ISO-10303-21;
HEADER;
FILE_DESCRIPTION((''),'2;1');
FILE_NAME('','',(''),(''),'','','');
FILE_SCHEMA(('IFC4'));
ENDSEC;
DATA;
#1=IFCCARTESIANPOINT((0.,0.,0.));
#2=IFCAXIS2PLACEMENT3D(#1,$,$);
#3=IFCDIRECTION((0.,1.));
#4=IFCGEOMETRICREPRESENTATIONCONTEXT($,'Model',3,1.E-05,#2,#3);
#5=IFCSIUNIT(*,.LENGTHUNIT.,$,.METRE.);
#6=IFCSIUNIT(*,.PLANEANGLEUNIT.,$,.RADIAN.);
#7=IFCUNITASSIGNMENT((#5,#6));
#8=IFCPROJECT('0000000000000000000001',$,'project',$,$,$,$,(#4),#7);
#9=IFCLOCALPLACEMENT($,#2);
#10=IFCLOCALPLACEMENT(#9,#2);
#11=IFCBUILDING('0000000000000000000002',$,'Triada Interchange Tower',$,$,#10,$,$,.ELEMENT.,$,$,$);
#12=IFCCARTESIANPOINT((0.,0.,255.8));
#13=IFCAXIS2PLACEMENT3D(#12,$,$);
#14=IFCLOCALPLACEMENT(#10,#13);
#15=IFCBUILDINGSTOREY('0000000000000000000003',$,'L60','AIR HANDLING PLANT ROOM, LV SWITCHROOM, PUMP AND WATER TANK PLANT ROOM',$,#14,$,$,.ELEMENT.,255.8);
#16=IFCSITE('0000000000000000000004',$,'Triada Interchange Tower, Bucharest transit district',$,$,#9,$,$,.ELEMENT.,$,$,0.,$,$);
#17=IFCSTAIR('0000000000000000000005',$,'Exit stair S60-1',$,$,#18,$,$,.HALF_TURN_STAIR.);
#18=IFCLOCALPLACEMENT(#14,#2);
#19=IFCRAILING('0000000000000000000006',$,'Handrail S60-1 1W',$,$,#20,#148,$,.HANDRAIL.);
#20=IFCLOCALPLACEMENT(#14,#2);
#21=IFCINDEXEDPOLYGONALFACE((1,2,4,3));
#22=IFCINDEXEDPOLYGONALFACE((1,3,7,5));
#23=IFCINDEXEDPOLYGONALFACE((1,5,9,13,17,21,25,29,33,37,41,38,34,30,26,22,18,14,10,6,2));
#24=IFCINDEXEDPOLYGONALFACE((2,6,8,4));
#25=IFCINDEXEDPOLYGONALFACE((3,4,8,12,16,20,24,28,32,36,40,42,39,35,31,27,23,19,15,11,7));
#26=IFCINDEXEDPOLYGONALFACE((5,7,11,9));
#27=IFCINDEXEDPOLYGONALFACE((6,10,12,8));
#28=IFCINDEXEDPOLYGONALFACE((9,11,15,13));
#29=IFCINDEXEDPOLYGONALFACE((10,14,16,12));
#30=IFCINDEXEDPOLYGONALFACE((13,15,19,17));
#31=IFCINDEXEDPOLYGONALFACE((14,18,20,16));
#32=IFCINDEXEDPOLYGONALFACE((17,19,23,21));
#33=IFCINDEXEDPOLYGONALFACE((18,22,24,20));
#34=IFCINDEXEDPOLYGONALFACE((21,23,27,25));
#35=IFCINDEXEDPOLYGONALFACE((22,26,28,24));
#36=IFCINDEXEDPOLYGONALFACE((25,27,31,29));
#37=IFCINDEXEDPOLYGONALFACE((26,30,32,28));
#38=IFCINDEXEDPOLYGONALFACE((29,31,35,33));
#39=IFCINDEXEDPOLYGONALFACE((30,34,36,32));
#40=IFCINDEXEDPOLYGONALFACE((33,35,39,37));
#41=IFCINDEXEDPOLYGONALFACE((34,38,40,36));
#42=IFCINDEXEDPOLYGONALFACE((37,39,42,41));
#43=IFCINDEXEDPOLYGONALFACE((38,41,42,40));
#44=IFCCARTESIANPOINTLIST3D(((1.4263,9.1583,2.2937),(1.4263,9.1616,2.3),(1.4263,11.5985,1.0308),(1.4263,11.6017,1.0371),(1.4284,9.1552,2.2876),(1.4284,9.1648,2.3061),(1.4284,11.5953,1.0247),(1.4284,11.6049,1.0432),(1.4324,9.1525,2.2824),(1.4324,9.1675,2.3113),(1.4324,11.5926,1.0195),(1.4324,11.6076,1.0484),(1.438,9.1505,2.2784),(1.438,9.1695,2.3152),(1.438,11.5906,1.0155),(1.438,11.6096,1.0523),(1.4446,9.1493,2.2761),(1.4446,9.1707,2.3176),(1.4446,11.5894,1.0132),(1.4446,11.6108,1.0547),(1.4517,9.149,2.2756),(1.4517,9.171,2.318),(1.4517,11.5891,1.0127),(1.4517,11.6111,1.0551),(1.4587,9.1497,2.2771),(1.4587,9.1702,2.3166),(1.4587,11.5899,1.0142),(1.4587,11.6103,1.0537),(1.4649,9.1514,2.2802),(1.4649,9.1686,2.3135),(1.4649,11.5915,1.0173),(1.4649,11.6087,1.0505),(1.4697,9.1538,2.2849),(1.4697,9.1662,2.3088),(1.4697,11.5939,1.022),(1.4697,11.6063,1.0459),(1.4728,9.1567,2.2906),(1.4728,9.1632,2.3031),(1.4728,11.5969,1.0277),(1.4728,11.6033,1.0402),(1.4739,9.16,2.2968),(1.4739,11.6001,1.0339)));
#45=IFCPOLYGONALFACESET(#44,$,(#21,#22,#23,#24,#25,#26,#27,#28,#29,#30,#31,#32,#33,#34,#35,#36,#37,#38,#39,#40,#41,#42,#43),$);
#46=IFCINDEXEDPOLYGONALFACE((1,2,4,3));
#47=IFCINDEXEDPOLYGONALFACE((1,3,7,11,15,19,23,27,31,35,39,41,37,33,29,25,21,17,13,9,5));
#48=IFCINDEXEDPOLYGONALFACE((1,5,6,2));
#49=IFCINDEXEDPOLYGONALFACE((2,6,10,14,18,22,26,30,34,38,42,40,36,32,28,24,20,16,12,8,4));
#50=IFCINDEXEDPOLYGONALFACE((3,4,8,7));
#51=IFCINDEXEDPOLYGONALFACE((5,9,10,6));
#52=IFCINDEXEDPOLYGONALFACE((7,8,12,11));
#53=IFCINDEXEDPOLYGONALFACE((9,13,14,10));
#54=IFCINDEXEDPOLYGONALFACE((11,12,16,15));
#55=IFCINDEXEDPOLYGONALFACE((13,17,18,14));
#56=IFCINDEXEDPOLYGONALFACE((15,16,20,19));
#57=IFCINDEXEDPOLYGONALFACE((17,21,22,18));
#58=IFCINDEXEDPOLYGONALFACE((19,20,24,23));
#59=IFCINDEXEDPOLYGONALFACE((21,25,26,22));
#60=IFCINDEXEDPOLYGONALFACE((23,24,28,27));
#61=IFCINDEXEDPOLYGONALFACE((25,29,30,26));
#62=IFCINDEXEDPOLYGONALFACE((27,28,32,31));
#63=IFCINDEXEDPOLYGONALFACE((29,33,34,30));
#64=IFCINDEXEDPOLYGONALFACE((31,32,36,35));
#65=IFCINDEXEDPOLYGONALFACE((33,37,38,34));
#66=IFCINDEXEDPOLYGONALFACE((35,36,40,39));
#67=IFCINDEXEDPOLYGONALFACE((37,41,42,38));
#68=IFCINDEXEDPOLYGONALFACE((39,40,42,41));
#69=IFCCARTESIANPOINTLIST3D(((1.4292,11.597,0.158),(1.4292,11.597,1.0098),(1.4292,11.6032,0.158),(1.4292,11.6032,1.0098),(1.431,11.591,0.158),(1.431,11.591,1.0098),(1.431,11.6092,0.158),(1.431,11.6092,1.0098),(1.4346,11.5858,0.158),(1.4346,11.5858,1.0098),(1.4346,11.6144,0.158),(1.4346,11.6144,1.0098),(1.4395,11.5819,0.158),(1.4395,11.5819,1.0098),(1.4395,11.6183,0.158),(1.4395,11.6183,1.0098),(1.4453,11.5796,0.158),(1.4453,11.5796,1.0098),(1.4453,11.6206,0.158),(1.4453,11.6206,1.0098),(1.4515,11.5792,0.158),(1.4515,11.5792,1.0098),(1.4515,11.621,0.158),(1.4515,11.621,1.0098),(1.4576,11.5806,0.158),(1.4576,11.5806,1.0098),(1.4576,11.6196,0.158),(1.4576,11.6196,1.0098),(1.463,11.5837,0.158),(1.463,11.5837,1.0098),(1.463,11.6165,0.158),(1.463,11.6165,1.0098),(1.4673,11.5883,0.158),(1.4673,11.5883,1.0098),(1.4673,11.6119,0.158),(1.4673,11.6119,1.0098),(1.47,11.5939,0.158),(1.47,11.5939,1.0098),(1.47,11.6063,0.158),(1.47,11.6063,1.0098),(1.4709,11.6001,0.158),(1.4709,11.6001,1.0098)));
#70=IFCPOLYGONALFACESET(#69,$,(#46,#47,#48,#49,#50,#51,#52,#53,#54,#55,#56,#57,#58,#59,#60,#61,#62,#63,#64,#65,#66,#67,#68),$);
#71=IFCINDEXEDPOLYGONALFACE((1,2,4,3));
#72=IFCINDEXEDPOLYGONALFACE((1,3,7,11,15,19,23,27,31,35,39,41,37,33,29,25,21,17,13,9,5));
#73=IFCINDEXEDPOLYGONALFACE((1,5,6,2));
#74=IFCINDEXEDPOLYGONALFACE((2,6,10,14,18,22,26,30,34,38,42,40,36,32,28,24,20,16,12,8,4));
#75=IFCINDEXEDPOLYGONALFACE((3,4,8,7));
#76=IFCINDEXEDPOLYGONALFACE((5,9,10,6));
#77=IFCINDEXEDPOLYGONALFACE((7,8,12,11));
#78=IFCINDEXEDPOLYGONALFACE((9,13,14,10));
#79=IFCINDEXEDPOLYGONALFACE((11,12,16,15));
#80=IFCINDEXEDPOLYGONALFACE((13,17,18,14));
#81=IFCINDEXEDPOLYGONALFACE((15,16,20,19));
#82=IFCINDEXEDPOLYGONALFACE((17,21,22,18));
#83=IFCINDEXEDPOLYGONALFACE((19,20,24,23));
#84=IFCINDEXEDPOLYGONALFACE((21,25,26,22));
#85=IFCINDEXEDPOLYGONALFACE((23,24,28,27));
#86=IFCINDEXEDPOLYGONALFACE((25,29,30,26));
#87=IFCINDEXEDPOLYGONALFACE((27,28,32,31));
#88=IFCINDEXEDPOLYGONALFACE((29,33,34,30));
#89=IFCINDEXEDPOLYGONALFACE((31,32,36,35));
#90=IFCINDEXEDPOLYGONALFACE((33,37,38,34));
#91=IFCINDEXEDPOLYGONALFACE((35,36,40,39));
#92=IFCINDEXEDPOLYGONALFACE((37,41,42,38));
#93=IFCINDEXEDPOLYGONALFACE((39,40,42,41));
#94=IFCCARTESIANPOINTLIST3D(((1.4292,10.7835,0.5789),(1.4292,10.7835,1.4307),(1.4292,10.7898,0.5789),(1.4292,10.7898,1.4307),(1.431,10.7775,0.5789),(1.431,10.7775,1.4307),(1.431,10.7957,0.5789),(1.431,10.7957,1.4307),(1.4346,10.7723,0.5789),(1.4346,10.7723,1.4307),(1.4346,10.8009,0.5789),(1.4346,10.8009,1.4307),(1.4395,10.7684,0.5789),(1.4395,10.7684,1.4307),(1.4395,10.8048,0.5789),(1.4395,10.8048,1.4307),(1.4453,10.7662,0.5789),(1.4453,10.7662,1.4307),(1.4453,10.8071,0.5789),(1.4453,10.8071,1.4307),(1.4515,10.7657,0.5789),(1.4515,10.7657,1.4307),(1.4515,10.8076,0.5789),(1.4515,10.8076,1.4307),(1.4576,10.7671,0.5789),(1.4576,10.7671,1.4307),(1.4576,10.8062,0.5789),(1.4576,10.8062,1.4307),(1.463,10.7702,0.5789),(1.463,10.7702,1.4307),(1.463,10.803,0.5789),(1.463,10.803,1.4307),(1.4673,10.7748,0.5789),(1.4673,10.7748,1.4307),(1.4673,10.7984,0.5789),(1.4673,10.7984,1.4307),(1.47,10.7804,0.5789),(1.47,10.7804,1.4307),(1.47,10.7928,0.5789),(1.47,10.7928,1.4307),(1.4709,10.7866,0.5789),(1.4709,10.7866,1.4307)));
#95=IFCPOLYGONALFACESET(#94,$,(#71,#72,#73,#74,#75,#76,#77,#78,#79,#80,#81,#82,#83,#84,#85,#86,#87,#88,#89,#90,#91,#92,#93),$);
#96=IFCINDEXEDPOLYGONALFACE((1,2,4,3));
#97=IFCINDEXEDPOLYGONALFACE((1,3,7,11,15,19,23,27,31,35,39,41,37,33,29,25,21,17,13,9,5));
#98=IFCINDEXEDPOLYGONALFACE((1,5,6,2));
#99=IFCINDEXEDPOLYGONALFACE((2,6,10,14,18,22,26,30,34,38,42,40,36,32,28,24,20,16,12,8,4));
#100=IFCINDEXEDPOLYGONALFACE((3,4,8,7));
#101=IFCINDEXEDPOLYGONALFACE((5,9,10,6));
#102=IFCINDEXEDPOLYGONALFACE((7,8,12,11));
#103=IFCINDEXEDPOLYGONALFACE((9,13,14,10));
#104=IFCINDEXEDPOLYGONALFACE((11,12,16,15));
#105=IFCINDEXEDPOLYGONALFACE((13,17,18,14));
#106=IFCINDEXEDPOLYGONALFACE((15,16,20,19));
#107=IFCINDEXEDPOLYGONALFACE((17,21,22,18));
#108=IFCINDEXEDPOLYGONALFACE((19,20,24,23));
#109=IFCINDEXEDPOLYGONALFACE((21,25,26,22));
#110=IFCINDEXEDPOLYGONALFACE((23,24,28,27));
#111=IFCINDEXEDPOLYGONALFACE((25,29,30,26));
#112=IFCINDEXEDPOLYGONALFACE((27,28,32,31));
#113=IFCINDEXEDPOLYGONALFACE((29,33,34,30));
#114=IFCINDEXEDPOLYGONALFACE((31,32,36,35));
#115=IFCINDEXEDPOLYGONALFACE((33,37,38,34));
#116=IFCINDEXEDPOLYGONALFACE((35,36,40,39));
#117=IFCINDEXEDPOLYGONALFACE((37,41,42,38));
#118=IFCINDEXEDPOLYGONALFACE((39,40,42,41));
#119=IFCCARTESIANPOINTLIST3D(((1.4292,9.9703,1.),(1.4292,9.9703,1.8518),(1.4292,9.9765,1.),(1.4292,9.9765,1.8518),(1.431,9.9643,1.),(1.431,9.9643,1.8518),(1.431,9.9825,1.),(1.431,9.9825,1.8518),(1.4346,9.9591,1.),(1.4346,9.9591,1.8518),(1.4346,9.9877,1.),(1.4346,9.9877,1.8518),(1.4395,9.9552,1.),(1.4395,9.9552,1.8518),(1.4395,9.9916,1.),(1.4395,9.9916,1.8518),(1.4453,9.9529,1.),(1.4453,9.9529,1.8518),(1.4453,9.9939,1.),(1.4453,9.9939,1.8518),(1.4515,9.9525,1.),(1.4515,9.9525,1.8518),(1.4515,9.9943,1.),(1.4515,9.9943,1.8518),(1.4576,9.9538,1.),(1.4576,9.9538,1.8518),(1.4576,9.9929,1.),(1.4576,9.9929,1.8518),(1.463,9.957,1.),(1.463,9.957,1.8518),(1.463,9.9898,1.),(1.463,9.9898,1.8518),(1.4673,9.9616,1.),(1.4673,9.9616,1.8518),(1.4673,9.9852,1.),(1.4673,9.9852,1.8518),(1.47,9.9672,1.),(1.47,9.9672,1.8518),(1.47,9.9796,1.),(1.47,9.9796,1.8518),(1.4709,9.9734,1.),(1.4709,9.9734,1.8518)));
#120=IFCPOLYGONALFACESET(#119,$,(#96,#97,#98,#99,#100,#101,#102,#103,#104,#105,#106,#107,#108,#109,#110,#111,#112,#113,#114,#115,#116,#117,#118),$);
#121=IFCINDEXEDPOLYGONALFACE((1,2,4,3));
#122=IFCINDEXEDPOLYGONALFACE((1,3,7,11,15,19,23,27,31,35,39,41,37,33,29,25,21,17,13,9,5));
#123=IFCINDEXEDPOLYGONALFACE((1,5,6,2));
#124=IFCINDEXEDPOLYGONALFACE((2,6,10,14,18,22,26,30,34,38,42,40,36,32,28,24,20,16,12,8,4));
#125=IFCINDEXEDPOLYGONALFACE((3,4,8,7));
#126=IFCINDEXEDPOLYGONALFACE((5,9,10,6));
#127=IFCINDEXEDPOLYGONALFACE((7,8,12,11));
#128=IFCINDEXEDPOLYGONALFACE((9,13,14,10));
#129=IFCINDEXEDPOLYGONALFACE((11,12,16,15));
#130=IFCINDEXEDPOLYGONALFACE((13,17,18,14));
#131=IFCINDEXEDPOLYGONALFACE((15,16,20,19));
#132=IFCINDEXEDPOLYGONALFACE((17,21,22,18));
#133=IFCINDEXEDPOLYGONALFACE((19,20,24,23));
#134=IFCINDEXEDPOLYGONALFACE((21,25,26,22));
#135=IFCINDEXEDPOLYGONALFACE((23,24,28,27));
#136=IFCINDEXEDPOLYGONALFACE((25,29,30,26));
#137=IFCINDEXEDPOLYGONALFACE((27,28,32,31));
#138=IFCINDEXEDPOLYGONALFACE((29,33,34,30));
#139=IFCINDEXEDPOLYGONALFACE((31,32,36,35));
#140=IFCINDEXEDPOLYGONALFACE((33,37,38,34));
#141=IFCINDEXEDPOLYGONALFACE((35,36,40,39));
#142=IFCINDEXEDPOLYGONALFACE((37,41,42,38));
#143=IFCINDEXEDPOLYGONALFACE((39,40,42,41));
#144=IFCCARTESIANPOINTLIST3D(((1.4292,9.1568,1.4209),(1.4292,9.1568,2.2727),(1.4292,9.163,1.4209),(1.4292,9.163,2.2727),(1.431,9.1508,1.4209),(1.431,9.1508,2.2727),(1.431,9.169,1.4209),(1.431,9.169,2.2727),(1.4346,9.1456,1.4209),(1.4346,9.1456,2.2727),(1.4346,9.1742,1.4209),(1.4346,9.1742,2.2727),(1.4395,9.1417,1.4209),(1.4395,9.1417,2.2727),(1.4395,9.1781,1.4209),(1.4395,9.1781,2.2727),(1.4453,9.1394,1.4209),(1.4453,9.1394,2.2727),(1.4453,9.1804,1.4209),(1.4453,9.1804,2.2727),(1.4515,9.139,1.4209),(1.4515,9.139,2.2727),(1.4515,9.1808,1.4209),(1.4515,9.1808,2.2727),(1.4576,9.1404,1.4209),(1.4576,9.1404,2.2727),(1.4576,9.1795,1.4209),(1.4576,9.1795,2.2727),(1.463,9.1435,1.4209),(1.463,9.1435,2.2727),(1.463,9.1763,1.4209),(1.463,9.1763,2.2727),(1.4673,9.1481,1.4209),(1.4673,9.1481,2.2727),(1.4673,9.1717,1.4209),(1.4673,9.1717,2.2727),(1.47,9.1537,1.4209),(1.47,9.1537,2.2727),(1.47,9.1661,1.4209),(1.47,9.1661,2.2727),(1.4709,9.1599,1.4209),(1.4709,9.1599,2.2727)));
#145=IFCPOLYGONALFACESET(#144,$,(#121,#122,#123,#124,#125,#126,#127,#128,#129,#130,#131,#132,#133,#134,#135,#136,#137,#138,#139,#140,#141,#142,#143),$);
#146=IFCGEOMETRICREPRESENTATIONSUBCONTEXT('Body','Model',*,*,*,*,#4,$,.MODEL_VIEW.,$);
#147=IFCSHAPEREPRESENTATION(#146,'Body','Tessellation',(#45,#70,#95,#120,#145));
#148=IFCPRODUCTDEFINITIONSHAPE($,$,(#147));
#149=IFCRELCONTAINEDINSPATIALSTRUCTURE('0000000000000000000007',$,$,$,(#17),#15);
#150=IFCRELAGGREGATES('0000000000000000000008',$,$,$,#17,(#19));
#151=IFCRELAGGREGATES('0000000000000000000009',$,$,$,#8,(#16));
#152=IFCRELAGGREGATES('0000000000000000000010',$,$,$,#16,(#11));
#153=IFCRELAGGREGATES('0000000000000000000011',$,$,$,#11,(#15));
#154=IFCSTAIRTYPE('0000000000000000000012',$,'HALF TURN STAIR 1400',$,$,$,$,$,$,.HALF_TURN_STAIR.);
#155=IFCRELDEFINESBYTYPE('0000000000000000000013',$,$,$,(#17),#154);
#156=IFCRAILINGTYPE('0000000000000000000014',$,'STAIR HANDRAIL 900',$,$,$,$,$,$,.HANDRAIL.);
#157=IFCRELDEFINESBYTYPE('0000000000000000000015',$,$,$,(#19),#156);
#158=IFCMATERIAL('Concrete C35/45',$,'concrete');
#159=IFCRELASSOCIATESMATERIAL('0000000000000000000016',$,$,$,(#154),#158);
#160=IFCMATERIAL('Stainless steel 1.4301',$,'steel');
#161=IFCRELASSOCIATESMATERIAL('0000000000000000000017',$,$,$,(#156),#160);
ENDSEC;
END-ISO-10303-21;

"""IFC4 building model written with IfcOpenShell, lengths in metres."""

from ifc_helpers import new_model, si_unit, direction, frame, origin, origin_2d, place, context, subcontext, project, spatial, circle, extrude, material, type_object, element, aggregate, save


model = new_model("IFC4")

# Units and contexts
model_context = context("Model", 3, precision=1e-05, world=origin(), true_north=direction((0.0, 1.0)))
body_context = subcontext(model_context, "Body", "Model", "MODEL_VIEW")
ifc_project = project(units=[si_unit("LENGTHUNIT", "METRE"), si_unit("PLANEANGLEUNIT", "RADIAN")], contexts=[model_context])

# Site, building, storey
site_placement = place(None, origin())
site = spatial("IfcSite", under=ifc_project, at=site_placement, Name="Triada Interchange Tower, Bucharest transit district", CompositionType="ELEMENT", RefElevation=0.0)
building_placement = place(site_placement, origin())
building = spatial("IfcBuilding", under=site, at=building_placement, Name="Triada Interchange Tower", CompositionType="ELEMENT")
storey_placement = place(building_placement, frame((0.0, 0.0, 255.8)))
storey = spatial("IfcBuildingStorey", under=building, at=storey_placement, Name="L60", Description="AIR HANDLING PLANT ROOM, LV SWITCHROOM, PUMP AND WATER TANK PLANT ROOM", CompositionType="ELEMENT", Elevation=255.8)

# Shared definitions
ifc_material_1 = material(Name="Concrete C35/45", Category="concrete")

# Stair, railing
stair_type = type_object("IfcStairType", Name="HALF TURN STAIR 1400", PredefinedType="HALF_TURN_STAIR", material=ifc_material_1)
stair_placement = place(storey_placement, origin())
stair = element("IfcStair", 1, at=stair_placement, inside=storey, type_object=stair_type, Name="Exit stair S60-1", PredefinedType="HALF_TURN_STAIR")
ifc_material_2 = material(Name="Stainless steel 1.4301", Category="steel")
railing_type_1 = type_object("IfcRailingType", Name="STAIR HANDRAIL 900", PredefinedType="HANDRAIL", material=ifc_material_2)
railing_1_placement = place(storey_placement, frame((1.45, 11.6001, 0.158)))
railing_1 = element("IfcRailing", 2, at=railing_1_placement, type_object=railing_type_1, Name="Handrail S60-1 1W", PredefinedType="HANDRAIL", context=body_context, shape_type="SweptSolid", body=[
    extrude(circle(Radius=0.0239, at=origin_2d()), frame((0.0, 0.0, 0.876), z_axis=(0.0, -0.888103, 0.459645), x_axis=(1.0, 0.0, 0.0)), (0.0, 0.0, 1.0), 2.7476),
    extrude(circle(Radius=0.021, at=origin_2d()), origin(), (0.0, 0.0, 1.0), 0.8518),
    extrude(circle(Radius=0.021, at=origin_2d()), frame((0.0, -0.8135, 0.4209)), (0.0, 0.0, 1.0), 0.8518),
    extrude(circle(Radius=0.021, at=origin_2d()), frame((0.0, -1.6267, 0.842)), (0.0, 0.0, 1.0), 0.8518),
    extrude(circle(Radius=0.021, at=origin_2d()), frame((0.0, -2.4402, 1.2629)), (0.0, 0.0, 1.0), 0.8518),
])
aggregate(stair, [railing_1])

save(model, "model.ifc")
